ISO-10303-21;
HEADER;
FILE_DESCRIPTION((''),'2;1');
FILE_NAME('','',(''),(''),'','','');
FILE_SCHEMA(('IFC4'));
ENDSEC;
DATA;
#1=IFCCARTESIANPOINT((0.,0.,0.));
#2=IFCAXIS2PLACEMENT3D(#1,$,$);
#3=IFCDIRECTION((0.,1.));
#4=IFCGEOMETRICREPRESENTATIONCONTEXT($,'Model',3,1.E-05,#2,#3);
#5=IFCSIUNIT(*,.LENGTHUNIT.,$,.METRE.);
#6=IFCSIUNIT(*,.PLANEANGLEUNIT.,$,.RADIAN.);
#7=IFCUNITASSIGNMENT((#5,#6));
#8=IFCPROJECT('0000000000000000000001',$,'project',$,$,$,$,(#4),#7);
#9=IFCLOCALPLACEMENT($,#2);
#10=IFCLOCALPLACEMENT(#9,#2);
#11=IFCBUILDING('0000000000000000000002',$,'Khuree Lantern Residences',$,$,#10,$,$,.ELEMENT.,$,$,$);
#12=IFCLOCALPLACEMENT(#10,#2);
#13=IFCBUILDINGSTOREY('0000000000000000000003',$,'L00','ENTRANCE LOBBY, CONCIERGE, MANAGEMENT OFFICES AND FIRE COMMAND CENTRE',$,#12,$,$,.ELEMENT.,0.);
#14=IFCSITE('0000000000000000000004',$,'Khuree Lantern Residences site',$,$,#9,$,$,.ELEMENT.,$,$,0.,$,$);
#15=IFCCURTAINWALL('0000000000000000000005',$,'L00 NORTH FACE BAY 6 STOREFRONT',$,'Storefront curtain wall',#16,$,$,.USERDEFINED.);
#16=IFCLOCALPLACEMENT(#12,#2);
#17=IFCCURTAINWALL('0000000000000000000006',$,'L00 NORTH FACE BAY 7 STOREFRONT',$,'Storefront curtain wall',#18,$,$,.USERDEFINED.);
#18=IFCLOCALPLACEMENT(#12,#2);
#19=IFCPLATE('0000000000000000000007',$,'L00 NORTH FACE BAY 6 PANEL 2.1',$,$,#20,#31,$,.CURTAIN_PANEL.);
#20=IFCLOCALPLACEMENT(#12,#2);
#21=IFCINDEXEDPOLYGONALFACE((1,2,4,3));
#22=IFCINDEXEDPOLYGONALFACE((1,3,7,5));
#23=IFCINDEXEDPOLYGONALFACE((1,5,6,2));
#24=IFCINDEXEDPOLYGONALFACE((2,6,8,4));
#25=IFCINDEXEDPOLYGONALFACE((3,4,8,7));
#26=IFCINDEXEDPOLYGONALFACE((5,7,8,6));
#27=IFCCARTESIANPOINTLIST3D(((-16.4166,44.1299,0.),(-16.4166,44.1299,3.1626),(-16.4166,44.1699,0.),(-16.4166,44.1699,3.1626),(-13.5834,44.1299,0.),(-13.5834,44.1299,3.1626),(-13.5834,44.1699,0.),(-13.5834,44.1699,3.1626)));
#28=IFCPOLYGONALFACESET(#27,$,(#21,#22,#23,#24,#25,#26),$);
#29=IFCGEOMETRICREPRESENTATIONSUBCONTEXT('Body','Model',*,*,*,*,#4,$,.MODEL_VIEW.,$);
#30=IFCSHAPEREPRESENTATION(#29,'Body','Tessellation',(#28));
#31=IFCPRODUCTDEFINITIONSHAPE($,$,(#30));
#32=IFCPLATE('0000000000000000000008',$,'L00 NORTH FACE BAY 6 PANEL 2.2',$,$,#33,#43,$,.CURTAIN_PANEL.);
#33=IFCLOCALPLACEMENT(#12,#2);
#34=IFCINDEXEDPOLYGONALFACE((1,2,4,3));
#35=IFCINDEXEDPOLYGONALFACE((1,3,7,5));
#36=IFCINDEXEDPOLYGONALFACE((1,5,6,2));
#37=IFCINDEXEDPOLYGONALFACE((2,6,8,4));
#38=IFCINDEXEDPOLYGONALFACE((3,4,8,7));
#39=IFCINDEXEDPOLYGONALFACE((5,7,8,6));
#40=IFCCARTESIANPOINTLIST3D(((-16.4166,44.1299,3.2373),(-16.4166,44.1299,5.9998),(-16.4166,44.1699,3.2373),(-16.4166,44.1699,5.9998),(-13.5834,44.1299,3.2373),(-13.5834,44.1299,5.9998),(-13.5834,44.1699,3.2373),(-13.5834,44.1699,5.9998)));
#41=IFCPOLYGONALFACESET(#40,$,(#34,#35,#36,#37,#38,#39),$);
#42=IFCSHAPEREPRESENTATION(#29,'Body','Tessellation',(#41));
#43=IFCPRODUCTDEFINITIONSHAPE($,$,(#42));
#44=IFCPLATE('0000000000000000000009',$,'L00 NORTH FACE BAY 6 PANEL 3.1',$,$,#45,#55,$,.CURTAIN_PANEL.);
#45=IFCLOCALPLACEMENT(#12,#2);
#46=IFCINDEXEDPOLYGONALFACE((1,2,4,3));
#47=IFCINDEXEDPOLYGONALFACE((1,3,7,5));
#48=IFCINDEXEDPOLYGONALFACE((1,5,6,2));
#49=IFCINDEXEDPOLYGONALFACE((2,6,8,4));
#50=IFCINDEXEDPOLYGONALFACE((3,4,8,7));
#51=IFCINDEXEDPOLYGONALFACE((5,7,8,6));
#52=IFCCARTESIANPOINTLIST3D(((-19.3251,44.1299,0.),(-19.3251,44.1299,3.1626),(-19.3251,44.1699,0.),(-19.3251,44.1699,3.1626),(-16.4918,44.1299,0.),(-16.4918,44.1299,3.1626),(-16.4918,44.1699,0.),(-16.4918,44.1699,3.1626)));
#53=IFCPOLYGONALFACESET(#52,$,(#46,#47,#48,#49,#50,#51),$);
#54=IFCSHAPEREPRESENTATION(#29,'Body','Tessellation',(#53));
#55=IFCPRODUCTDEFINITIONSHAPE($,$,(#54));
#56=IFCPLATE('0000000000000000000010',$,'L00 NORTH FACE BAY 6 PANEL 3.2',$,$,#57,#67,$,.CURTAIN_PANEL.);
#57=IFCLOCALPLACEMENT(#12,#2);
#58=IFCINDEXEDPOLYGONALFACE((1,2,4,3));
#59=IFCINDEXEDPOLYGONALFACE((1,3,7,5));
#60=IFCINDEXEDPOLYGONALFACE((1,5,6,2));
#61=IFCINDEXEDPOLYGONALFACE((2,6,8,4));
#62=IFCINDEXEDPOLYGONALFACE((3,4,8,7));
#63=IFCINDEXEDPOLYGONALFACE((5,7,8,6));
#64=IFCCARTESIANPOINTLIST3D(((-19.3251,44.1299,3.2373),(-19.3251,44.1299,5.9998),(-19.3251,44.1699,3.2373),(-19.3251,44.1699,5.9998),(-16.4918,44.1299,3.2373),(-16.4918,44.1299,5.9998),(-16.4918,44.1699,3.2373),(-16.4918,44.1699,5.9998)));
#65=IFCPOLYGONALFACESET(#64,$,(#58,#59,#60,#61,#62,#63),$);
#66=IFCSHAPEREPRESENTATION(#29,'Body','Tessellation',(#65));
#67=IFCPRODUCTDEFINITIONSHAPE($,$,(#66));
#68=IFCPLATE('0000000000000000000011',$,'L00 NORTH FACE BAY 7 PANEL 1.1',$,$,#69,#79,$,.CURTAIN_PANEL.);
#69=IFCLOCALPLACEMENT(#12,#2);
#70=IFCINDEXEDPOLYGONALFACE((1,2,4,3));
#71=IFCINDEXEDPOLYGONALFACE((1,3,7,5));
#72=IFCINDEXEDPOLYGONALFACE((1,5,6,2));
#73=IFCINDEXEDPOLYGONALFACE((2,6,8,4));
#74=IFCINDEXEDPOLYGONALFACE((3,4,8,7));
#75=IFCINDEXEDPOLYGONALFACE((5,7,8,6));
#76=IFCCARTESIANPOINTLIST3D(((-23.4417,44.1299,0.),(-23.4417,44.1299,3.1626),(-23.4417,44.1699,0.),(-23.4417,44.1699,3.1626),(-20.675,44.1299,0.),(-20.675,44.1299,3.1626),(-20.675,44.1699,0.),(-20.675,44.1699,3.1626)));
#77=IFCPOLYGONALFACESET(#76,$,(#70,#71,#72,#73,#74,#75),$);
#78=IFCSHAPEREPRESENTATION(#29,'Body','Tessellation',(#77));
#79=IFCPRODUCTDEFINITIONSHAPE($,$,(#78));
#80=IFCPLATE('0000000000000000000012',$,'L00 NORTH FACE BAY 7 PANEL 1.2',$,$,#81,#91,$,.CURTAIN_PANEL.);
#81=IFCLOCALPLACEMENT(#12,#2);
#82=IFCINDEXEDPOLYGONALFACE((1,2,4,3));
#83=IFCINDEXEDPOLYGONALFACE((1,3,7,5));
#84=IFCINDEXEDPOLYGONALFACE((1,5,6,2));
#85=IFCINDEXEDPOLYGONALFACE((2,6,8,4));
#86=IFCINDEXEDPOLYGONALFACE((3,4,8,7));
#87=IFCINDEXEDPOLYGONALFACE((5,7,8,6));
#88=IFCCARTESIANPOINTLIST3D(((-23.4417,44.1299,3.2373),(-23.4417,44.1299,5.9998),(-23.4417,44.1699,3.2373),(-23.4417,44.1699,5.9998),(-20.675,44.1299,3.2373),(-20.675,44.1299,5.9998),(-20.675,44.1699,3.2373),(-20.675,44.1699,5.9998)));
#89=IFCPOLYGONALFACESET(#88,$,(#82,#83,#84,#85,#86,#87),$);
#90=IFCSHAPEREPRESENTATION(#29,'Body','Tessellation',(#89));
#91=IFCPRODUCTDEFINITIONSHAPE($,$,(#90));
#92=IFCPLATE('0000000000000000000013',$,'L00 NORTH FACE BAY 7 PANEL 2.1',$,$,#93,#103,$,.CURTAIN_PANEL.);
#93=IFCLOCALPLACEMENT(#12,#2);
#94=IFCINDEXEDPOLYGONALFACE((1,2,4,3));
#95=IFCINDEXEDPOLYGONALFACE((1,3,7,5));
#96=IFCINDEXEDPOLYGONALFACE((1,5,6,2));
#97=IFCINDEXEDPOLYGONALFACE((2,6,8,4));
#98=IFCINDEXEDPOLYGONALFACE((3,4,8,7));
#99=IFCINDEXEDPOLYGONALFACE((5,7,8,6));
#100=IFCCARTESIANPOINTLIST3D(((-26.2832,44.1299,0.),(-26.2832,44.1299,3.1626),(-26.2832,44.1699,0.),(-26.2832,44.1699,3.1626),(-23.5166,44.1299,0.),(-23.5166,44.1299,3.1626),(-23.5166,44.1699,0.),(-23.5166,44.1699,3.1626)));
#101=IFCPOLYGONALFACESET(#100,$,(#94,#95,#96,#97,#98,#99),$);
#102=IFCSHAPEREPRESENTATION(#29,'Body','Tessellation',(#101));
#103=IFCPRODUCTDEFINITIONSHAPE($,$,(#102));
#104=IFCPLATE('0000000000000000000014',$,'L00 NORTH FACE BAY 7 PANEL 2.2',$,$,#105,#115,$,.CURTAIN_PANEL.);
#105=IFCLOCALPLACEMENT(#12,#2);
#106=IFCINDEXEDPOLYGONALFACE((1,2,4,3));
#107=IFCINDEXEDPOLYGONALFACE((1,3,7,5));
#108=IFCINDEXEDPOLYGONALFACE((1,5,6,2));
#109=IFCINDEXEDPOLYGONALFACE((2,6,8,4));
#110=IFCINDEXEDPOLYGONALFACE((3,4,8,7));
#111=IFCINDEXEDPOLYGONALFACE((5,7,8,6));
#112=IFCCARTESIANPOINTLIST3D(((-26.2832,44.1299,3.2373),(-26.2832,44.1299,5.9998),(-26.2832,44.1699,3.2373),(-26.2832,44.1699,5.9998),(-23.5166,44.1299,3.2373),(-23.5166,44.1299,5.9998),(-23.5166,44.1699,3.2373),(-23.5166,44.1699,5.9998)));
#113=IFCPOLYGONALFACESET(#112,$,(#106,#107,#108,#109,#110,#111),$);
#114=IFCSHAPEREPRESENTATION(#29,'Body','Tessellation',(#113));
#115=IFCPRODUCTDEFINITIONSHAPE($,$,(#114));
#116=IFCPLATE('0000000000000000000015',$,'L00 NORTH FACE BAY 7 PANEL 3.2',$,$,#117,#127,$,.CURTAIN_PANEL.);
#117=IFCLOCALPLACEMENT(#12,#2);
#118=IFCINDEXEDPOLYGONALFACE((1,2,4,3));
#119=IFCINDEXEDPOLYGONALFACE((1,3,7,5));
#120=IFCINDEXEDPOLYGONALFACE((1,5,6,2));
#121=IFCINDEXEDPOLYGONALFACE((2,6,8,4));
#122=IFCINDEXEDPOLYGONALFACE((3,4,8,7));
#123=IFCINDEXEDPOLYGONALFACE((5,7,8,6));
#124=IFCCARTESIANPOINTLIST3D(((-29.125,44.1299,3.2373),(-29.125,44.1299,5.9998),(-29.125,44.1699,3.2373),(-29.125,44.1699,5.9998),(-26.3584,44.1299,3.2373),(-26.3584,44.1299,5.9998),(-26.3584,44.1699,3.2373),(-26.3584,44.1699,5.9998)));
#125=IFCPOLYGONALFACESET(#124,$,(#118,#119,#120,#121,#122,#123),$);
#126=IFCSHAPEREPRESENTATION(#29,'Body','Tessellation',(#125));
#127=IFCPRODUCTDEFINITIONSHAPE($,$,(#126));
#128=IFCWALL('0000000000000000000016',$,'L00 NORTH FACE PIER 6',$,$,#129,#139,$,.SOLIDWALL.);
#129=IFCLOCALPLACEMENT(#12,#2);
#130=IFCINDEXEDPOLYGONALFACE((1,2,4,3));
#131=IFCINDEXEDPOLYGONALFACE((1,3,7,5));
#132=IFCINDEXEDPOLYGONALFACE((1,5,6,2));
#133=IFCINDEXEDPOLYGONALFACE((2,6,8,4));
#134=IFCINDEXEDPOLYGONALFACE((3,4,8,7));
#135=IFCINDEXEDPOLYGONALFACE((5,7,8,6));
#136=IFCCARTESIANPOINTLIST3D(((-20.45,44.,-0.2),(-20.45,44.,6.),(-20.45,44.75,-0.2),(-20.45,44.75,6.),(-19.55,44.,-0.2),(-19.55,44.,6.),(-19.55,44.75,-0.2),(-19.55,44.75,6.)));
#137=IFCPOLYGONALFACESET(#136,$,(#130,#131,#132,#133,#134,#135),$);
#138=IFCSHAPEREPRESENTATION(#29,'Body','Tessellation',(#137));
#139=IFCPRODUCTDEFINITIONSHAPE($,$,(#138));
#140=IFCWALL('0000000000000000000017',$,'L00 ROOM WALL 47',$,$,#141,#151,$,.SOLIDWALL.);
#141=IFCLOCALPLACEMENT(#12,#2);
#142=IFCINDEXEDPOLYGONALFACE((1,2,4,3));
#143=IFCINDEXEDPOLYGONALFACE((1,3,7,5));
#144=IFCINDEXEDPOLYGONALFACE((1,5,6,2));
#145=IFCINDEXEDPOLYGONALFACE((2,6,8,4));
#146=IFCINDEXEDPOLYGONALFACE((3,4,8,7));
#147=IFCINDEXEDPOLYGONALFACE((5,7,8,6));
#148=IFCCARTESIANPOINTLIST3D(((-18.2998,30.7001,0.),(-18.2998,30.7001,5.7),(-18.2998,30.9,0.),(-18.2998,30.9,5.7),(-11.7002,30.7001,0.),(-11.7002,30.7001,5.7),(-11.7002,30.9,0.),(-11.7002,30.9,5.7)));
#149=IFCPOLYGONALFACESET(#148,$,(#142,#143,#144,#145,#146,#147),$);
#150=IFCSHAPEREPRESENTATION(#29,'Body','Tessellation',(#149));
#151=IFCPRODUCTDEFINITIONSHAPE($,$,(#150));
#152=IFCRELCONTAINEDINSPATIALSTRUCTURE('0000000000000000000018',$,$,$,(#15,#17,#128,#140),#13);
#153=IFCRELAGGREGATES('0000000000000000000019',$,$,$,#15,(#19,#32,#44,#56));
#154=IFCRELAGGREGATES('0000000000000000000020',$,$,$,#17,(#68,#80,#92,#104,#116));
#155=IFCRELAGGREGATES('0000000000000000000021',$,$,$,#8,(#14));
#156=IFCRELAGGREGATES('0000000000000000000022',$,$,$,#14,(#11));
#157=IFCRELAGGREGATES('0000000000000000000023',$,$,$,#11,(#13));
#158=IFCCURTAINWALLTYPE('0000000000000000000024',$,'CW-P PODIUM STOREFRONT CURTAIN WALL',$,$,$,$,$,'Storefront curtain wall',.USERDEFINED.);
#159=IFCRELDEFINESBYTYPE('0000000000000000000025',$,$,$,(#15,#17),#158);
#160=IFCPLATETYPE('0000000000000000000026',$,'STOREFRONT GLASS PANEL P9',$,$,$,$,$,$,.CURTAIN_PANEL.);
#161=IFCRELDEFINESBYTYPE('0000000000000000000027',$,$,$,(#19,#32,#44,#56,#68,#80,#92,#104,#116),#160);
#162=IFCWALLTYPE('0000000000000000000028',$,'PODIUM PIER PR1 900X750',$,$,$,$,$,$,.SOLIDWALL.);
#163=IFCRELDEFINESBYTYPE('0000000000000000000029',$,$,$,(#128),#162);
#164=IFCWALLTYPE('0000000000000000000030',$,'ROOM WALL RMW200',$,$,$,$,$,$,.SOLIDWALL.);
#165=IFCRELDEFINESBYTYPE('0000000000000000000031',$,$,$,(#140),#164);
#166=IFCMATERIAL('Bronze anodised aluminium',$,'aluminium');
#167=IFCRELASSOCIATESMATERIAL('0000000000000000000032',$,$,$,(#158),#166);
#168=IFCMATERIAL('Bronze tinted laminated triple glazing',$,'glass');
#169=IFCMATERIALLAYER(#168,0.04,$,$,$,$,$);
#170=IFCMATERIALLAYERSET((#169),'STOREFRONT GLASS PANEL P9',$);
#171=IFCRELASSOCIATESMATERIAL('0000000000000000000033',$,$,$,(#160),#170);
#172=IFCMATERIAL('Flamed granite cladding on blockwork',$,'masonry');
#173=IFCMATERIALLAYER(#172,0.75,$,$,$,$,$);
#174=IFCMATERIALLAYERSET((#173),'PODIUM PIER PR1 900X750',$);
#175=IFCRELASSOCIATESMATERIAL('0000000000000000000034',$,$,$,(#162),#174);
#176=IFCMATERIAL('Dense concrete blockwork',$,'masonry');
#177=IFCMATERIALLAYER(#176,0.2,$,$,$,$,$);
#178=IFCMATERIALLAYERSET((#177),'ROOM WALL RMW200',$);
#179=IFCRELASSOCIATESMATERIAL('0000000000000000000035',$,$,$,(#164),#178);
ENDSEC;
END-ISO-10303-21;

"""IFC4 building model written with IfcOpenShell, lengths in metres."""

from ifc_helpers import new_model, si_unit, direction, frame, frame_2d, origin, origin_2d, place, context, subcontext, project, spatial, rectangle, extrude, material, layer, layer_set, type_object, element, aggregate, save


model = new_model("IFC4")

# Units and contexts
model_context = context("Model", 3, precision=1e-05, world=origin(), true_north=direction((0.0, 1.0)))
body_context = subcontext(model_context, "Body", "Model", "MODEL_VIEW")
ifc_project = project(units=[si_unit("LENGTHUNIT", "METRE"), si_unit("PLANEANGLEUNIT", "RADIAN")], contexts=[model_context])

# Site, building, storey
site_placement = place(None, origin())
site = spatial("IfcSite", under=ifc_project, at=site_placement, Name="Khuree Lantern Residences site", CompositionType="ELEMENT", RefElevation=0.0)
building_placement = place(site_placement, origin())
building = spatial("IfcBuilding", under=site, at=building_placement, Name="Khuree Lantern Residences", CompositionType="ELEMENT")
storey_placement = place(building_placement, origin())
storey = spatial("IfcBuildingStorey", under=building, at=storey_placement, Name="L00", Description="ENTRANCE LOBBY, CONCIERGE, MANAGEMENT OFFICES AND FIRE COMMAND CENTRE", CompositionType="ELEMENT", Elevation=0.0)

# Curtain walls
ifc_material_1 = material(Name="Bronze anodised aluminium", Category="aluminium")
curtain_wall_type = type_object("IfcCurtainWallType", Name="CW-P PODIUM STOREFRONT CURTAIN WALL", ElementType="Storefront curtain wall", PredefinedType="USERDEFINED", material=ifc_material_1)
curtain_wall_1_placement = place(storey_placement, origin())
curtain_wall_1 = element("IfcCurtainWall", 1, at=curtain_wall_1_placement, inside=storey, type_object=curtain_wall_type, Name="L00 NORTH FACE BAY 6 STOREFRONT", ObjectType="Storefront curtain wall", PredefinedType="USERDEFINED")
curtain_wall_2_placement = place(storey_placement, origin())
curtain_wall_2 = element("IfcCurtainWall", 2, at=curtain_wall_2_placement, inside=storey, type_object=curtain_wall_type, Name="L00 NORTH FACE BAY 7 STOREFRONT", ObjectType="Storefront curtain wall", PredefinedType="USERDEFINED")

# Plates
ifc_material_2 = material(Name="Bronze tinted laminated triple glazing", Category="glass")
ifc_layer_1 = layer(ifc_material_2, 0.04)
ifc_layer_set_1 = layer_set([ifc_layer_1], Name="STOREFRONT GLASS PANEL P9")
plate_type = type_object("IfcPlateType", Name="STOREFRONT GLASS PANEL P9", PredefinedType="CURTAIN_PANEL", material=ifc_layer_set_1)
plate_1_placement = place(storey_placement, frame((-15.0, 44.1499, 0.0), z_axis=(0.0, 0.0, 1.0), x_axis=(-1.0, 0.0, 0.0)))
plate_1 = element("IfcPlate", 3, at=plate_1_placement, type_object=plate_type, Name="L00 NORTH FACE BAY 6 PANEL 2.1", PredefinedType="CURTAIN_PANEL", context=body_context, shape_type="SweptSolid", body=[
    extrude(rectangle(XDim=2.8333, YDim=0.04, at=origin_2d()), origin(), (0.0, 0.0, 1.0), 3.1626),
])
plate_2_placement = place(storey_placement, frame((-15.0, 44.1499, 3.2373), z_axis=(0.0, 0.0, 1.0), x_axis=(-1.0, 0.0, 0.0)))
plate_2 = element("IfcPlate", 4, at=plate_2_placement, type_object=plate_type, Name="L00 NORTH FACE BAY 6 PANEL 2.2", PredefinedType="CURTAIN_PANEL", context=body_context, shape_type="SweptSolid", body=[
    extrude(rectangle(XDim=2.8333, YDim=0.04, at=origin_2d()), origin(), (0.0, 0.0, 1.0), 2.7625),
])
plate_3_placement = place(storey_placement, frame((-17.9084, 44.1499, 0.0), z_axis=(0.0, 0.0, 1.0), x_axis=(-1.0, 0.0, 0.0)))
plate_3 = element("IfcPlate", 5, at=plate_3_placement, type_object=plate_type, Name="L00 NORTH FACE BAY 6 PANEL 3.1", PredefinedType="CURTAIN_PANEL", context=body_context, shape_type="SweptSolid", body=[
    extrude(rectangle(XDim=2.8333, YDim=0.04, at=origin_2d()), origin(), (0.0, 0.0, 1.0), 3.1626),
])
plate_4_placement = place(storey_placement, frame((-17.9084, 44.1499, 3.2373), z_axis=(0.0, 0.0, 1.0), x_axis=(-1.0, 0.0, 0.0)))
plate_4 = element("IfcPlate", 6, at=plate_4_placement, type_object=plate_type, Name="L00 NORTH FACE BAY 6 PANEL 3.2", PredefinedType="CURTAIN_PANEL", context=body_context, shape_type="SweptSolid", body=[
    extrude(rectangle(XDim=2.8333, YDim=0.04, at=origin_2d()), origin(), (0.0, 0.0, 1.0), 2.7625),
])
aggregate(curtain_wall_1, [plate_1, plate_2, plate_3, plate_4])
plate_5_placement = place(storey_placement, frame((-22.0583, 44.1499, 0.0), z_axis=(0.0, 0.0, 1.0), x_axis=(-1.0, 0.0, 0.0)))
plate_5 = element("IfcPlate", 7, at=plate_5_placement, type_object=plate_type, Name="L00 NORTH FACE BAY 7 PANEL 1.1", PredefinedType="CURTAIN_PANEL", context=body_context, shape_type="SweptSolid", body=[
    extrude(rectangle(XDim=2.7666, YDim=0.04, at=origin_2d()), origin(), (0.0, 0.0, 1.0), 3.1626),
])
plate_6_placement = place(storey_placement, frame((-22.0583, 44.1499, 3.2373), z_axis=(0.0, 0.0, 1.0), x_axis=(-1.0, 0.0, 0.0)))
plate_6 = element("IfcPlate", 8, at=plate_6_placement, type_object=plate_type, Name="L00 NORTH FACE BAY 7 PANEL 1.2", PredefinedType="CURTAIN_PANEL", context=body_context, shape_type="SweptSolid", body=[
    extrude(rectangle(XDim=2.7666, YDim=0.04, at=origin_2d()), origin(), (0.0, 0.0, 1.0), 2.7625),
])
plate_7_placement = place(storey_placement, frame((-24.8999, 44.1499, 0.0), z_axis=(0.0, 0.0, 1.0), x_axis=(-1.0, 0.0, 0.0)))
plate_7 = element("IfcPlate", 9, at=plate_7_placement, type_object=plate_type, Name="L00 NORTH FACE BAY 7 PANEL 2.1", PredefinedType="CURTAIN_PANEL", context=body_context, shape_type="SweptSolid", body=[
    extrude(rectangle(XDim=2.7666, YDim=0.04, at=origin_2d()), origin(), (0.0, 0.0, 1.0), 3.1626),
])
plate_8_placement = place(storey_placement, frame((-24.8999, 44.1499, 3.2373), z_axis=(0.0, 0.0, 1.0), x_axis=(-1.0, 0.0, 0.0)))
plate_8 = element("IfcPlate", 10, at=plate_8_placement, type_object=plate_type, Name="L00 NORTH FACE BAY 7 PANEL 2.2", PredefinedType="CURTAIN_PANEL", context=body_context, shape_type="SweptSolid", body=[
    extrude(rectangle(XDim=2.7666, YDim=0.04, at=origin_2d()), origin(), (0.0, 0.0, 1.0), 2.7625),
])
plate_9_placement = place(storey_placement, frame((-27.7417, 44.1499, 3.2373), z_axis=(0.0, 0.0, 1.0), x_axis=(-1.0, 0.0, 0.0)))
plate_9 = element("IfcPlate", 11, at=plate_9_placement, type_object=plate_type, Name="L00 NORTH FACE BAY 7 PANEL 3.2", PredefinedType="CURTAIN_PANEL", context=body_context, shape_type="SweptSolid", body=[
    extrude(rectangle(XDim=2.7666, YDim=0.04, at=origin_2d()), origin(), (0.0, 0.0, 1.0), 2.7625),
])
aggregate(curtain_wall_2, [plate_5, plate_6, plate_7, plate_8, plate_9])

# Walls
ifc_material_3 = material(Name="Flamed granite cladding on blockwork", Category="masonry")
ifc_layer_2 = layer(ifc_material_3, 0.75)
ifc_layer_set_2 = layer_set([ifc_layer_2], Name="PODIUM PIER PR1 900X750")
wall_type_1 = type_object("IfcWallType", Name="PODIUM PIER PR1 900X750", PredefinedType="SOLIDWALL", material=ifc_layer_set_2)
wall_1_placement = place(storey_placement, frame((-19.55, 44.375, -0.2), z_axis=(0.0, 0.0, 1.0), x_axis=(-1.0, 0.0, 0.0)))
element("IfcWall", 12, at=wall_1_placement, inside=storey, type_object=wall_type_1, Name="L00 NORTH FACE PIER 6", PredefinedType="SOLIDWALL", context=body_context, shape_type="SweptSolid", body=[
    extrude(rectangle(XDim=0.8999, YDim=0.75, at=frame_2d((0.45, 0.0))), origin(), (0.0, 0.0, 1.0), 6.2),
])
ifc_material_4 = material(Name="Dense concrete blockwork", Category="masonry")
ifc_layer_3 = layer(ifc_material_4, 0.2)
ifc_layer_set_3 = layer_set([ifc_layer_3], Name="ROOM WALL RMW200")
wall_type_2 = type_object("IfcWallType", Name="ROOM WALL RMW200", PredefinedType="SOLIDWALL", material=ifc_layer_set_3)
wall_2_placement = place(storey_placement, frame((-18.2998, 30.8, 0.0), z_axis=(0.0, 0.0, 1.0), x_axis=(1.0, 0.0, 0.0)))
element("IfcWall", 13, at=wall_2_placement, inside=storey, type_object=wall_type_2, Name="L00 ROOM WALL 47", PredefinedType="SOLIDWALL", context=body_context, shape_type="SweptSolid", body=[
    extrude(rectangle(XDim=6.5996, YDim=0.2, at=frame_2d((3.2998, 0.0))), origin(), (0.0, 0.0, 1.0), 5.7),
])

save(model, "model.ifc")
